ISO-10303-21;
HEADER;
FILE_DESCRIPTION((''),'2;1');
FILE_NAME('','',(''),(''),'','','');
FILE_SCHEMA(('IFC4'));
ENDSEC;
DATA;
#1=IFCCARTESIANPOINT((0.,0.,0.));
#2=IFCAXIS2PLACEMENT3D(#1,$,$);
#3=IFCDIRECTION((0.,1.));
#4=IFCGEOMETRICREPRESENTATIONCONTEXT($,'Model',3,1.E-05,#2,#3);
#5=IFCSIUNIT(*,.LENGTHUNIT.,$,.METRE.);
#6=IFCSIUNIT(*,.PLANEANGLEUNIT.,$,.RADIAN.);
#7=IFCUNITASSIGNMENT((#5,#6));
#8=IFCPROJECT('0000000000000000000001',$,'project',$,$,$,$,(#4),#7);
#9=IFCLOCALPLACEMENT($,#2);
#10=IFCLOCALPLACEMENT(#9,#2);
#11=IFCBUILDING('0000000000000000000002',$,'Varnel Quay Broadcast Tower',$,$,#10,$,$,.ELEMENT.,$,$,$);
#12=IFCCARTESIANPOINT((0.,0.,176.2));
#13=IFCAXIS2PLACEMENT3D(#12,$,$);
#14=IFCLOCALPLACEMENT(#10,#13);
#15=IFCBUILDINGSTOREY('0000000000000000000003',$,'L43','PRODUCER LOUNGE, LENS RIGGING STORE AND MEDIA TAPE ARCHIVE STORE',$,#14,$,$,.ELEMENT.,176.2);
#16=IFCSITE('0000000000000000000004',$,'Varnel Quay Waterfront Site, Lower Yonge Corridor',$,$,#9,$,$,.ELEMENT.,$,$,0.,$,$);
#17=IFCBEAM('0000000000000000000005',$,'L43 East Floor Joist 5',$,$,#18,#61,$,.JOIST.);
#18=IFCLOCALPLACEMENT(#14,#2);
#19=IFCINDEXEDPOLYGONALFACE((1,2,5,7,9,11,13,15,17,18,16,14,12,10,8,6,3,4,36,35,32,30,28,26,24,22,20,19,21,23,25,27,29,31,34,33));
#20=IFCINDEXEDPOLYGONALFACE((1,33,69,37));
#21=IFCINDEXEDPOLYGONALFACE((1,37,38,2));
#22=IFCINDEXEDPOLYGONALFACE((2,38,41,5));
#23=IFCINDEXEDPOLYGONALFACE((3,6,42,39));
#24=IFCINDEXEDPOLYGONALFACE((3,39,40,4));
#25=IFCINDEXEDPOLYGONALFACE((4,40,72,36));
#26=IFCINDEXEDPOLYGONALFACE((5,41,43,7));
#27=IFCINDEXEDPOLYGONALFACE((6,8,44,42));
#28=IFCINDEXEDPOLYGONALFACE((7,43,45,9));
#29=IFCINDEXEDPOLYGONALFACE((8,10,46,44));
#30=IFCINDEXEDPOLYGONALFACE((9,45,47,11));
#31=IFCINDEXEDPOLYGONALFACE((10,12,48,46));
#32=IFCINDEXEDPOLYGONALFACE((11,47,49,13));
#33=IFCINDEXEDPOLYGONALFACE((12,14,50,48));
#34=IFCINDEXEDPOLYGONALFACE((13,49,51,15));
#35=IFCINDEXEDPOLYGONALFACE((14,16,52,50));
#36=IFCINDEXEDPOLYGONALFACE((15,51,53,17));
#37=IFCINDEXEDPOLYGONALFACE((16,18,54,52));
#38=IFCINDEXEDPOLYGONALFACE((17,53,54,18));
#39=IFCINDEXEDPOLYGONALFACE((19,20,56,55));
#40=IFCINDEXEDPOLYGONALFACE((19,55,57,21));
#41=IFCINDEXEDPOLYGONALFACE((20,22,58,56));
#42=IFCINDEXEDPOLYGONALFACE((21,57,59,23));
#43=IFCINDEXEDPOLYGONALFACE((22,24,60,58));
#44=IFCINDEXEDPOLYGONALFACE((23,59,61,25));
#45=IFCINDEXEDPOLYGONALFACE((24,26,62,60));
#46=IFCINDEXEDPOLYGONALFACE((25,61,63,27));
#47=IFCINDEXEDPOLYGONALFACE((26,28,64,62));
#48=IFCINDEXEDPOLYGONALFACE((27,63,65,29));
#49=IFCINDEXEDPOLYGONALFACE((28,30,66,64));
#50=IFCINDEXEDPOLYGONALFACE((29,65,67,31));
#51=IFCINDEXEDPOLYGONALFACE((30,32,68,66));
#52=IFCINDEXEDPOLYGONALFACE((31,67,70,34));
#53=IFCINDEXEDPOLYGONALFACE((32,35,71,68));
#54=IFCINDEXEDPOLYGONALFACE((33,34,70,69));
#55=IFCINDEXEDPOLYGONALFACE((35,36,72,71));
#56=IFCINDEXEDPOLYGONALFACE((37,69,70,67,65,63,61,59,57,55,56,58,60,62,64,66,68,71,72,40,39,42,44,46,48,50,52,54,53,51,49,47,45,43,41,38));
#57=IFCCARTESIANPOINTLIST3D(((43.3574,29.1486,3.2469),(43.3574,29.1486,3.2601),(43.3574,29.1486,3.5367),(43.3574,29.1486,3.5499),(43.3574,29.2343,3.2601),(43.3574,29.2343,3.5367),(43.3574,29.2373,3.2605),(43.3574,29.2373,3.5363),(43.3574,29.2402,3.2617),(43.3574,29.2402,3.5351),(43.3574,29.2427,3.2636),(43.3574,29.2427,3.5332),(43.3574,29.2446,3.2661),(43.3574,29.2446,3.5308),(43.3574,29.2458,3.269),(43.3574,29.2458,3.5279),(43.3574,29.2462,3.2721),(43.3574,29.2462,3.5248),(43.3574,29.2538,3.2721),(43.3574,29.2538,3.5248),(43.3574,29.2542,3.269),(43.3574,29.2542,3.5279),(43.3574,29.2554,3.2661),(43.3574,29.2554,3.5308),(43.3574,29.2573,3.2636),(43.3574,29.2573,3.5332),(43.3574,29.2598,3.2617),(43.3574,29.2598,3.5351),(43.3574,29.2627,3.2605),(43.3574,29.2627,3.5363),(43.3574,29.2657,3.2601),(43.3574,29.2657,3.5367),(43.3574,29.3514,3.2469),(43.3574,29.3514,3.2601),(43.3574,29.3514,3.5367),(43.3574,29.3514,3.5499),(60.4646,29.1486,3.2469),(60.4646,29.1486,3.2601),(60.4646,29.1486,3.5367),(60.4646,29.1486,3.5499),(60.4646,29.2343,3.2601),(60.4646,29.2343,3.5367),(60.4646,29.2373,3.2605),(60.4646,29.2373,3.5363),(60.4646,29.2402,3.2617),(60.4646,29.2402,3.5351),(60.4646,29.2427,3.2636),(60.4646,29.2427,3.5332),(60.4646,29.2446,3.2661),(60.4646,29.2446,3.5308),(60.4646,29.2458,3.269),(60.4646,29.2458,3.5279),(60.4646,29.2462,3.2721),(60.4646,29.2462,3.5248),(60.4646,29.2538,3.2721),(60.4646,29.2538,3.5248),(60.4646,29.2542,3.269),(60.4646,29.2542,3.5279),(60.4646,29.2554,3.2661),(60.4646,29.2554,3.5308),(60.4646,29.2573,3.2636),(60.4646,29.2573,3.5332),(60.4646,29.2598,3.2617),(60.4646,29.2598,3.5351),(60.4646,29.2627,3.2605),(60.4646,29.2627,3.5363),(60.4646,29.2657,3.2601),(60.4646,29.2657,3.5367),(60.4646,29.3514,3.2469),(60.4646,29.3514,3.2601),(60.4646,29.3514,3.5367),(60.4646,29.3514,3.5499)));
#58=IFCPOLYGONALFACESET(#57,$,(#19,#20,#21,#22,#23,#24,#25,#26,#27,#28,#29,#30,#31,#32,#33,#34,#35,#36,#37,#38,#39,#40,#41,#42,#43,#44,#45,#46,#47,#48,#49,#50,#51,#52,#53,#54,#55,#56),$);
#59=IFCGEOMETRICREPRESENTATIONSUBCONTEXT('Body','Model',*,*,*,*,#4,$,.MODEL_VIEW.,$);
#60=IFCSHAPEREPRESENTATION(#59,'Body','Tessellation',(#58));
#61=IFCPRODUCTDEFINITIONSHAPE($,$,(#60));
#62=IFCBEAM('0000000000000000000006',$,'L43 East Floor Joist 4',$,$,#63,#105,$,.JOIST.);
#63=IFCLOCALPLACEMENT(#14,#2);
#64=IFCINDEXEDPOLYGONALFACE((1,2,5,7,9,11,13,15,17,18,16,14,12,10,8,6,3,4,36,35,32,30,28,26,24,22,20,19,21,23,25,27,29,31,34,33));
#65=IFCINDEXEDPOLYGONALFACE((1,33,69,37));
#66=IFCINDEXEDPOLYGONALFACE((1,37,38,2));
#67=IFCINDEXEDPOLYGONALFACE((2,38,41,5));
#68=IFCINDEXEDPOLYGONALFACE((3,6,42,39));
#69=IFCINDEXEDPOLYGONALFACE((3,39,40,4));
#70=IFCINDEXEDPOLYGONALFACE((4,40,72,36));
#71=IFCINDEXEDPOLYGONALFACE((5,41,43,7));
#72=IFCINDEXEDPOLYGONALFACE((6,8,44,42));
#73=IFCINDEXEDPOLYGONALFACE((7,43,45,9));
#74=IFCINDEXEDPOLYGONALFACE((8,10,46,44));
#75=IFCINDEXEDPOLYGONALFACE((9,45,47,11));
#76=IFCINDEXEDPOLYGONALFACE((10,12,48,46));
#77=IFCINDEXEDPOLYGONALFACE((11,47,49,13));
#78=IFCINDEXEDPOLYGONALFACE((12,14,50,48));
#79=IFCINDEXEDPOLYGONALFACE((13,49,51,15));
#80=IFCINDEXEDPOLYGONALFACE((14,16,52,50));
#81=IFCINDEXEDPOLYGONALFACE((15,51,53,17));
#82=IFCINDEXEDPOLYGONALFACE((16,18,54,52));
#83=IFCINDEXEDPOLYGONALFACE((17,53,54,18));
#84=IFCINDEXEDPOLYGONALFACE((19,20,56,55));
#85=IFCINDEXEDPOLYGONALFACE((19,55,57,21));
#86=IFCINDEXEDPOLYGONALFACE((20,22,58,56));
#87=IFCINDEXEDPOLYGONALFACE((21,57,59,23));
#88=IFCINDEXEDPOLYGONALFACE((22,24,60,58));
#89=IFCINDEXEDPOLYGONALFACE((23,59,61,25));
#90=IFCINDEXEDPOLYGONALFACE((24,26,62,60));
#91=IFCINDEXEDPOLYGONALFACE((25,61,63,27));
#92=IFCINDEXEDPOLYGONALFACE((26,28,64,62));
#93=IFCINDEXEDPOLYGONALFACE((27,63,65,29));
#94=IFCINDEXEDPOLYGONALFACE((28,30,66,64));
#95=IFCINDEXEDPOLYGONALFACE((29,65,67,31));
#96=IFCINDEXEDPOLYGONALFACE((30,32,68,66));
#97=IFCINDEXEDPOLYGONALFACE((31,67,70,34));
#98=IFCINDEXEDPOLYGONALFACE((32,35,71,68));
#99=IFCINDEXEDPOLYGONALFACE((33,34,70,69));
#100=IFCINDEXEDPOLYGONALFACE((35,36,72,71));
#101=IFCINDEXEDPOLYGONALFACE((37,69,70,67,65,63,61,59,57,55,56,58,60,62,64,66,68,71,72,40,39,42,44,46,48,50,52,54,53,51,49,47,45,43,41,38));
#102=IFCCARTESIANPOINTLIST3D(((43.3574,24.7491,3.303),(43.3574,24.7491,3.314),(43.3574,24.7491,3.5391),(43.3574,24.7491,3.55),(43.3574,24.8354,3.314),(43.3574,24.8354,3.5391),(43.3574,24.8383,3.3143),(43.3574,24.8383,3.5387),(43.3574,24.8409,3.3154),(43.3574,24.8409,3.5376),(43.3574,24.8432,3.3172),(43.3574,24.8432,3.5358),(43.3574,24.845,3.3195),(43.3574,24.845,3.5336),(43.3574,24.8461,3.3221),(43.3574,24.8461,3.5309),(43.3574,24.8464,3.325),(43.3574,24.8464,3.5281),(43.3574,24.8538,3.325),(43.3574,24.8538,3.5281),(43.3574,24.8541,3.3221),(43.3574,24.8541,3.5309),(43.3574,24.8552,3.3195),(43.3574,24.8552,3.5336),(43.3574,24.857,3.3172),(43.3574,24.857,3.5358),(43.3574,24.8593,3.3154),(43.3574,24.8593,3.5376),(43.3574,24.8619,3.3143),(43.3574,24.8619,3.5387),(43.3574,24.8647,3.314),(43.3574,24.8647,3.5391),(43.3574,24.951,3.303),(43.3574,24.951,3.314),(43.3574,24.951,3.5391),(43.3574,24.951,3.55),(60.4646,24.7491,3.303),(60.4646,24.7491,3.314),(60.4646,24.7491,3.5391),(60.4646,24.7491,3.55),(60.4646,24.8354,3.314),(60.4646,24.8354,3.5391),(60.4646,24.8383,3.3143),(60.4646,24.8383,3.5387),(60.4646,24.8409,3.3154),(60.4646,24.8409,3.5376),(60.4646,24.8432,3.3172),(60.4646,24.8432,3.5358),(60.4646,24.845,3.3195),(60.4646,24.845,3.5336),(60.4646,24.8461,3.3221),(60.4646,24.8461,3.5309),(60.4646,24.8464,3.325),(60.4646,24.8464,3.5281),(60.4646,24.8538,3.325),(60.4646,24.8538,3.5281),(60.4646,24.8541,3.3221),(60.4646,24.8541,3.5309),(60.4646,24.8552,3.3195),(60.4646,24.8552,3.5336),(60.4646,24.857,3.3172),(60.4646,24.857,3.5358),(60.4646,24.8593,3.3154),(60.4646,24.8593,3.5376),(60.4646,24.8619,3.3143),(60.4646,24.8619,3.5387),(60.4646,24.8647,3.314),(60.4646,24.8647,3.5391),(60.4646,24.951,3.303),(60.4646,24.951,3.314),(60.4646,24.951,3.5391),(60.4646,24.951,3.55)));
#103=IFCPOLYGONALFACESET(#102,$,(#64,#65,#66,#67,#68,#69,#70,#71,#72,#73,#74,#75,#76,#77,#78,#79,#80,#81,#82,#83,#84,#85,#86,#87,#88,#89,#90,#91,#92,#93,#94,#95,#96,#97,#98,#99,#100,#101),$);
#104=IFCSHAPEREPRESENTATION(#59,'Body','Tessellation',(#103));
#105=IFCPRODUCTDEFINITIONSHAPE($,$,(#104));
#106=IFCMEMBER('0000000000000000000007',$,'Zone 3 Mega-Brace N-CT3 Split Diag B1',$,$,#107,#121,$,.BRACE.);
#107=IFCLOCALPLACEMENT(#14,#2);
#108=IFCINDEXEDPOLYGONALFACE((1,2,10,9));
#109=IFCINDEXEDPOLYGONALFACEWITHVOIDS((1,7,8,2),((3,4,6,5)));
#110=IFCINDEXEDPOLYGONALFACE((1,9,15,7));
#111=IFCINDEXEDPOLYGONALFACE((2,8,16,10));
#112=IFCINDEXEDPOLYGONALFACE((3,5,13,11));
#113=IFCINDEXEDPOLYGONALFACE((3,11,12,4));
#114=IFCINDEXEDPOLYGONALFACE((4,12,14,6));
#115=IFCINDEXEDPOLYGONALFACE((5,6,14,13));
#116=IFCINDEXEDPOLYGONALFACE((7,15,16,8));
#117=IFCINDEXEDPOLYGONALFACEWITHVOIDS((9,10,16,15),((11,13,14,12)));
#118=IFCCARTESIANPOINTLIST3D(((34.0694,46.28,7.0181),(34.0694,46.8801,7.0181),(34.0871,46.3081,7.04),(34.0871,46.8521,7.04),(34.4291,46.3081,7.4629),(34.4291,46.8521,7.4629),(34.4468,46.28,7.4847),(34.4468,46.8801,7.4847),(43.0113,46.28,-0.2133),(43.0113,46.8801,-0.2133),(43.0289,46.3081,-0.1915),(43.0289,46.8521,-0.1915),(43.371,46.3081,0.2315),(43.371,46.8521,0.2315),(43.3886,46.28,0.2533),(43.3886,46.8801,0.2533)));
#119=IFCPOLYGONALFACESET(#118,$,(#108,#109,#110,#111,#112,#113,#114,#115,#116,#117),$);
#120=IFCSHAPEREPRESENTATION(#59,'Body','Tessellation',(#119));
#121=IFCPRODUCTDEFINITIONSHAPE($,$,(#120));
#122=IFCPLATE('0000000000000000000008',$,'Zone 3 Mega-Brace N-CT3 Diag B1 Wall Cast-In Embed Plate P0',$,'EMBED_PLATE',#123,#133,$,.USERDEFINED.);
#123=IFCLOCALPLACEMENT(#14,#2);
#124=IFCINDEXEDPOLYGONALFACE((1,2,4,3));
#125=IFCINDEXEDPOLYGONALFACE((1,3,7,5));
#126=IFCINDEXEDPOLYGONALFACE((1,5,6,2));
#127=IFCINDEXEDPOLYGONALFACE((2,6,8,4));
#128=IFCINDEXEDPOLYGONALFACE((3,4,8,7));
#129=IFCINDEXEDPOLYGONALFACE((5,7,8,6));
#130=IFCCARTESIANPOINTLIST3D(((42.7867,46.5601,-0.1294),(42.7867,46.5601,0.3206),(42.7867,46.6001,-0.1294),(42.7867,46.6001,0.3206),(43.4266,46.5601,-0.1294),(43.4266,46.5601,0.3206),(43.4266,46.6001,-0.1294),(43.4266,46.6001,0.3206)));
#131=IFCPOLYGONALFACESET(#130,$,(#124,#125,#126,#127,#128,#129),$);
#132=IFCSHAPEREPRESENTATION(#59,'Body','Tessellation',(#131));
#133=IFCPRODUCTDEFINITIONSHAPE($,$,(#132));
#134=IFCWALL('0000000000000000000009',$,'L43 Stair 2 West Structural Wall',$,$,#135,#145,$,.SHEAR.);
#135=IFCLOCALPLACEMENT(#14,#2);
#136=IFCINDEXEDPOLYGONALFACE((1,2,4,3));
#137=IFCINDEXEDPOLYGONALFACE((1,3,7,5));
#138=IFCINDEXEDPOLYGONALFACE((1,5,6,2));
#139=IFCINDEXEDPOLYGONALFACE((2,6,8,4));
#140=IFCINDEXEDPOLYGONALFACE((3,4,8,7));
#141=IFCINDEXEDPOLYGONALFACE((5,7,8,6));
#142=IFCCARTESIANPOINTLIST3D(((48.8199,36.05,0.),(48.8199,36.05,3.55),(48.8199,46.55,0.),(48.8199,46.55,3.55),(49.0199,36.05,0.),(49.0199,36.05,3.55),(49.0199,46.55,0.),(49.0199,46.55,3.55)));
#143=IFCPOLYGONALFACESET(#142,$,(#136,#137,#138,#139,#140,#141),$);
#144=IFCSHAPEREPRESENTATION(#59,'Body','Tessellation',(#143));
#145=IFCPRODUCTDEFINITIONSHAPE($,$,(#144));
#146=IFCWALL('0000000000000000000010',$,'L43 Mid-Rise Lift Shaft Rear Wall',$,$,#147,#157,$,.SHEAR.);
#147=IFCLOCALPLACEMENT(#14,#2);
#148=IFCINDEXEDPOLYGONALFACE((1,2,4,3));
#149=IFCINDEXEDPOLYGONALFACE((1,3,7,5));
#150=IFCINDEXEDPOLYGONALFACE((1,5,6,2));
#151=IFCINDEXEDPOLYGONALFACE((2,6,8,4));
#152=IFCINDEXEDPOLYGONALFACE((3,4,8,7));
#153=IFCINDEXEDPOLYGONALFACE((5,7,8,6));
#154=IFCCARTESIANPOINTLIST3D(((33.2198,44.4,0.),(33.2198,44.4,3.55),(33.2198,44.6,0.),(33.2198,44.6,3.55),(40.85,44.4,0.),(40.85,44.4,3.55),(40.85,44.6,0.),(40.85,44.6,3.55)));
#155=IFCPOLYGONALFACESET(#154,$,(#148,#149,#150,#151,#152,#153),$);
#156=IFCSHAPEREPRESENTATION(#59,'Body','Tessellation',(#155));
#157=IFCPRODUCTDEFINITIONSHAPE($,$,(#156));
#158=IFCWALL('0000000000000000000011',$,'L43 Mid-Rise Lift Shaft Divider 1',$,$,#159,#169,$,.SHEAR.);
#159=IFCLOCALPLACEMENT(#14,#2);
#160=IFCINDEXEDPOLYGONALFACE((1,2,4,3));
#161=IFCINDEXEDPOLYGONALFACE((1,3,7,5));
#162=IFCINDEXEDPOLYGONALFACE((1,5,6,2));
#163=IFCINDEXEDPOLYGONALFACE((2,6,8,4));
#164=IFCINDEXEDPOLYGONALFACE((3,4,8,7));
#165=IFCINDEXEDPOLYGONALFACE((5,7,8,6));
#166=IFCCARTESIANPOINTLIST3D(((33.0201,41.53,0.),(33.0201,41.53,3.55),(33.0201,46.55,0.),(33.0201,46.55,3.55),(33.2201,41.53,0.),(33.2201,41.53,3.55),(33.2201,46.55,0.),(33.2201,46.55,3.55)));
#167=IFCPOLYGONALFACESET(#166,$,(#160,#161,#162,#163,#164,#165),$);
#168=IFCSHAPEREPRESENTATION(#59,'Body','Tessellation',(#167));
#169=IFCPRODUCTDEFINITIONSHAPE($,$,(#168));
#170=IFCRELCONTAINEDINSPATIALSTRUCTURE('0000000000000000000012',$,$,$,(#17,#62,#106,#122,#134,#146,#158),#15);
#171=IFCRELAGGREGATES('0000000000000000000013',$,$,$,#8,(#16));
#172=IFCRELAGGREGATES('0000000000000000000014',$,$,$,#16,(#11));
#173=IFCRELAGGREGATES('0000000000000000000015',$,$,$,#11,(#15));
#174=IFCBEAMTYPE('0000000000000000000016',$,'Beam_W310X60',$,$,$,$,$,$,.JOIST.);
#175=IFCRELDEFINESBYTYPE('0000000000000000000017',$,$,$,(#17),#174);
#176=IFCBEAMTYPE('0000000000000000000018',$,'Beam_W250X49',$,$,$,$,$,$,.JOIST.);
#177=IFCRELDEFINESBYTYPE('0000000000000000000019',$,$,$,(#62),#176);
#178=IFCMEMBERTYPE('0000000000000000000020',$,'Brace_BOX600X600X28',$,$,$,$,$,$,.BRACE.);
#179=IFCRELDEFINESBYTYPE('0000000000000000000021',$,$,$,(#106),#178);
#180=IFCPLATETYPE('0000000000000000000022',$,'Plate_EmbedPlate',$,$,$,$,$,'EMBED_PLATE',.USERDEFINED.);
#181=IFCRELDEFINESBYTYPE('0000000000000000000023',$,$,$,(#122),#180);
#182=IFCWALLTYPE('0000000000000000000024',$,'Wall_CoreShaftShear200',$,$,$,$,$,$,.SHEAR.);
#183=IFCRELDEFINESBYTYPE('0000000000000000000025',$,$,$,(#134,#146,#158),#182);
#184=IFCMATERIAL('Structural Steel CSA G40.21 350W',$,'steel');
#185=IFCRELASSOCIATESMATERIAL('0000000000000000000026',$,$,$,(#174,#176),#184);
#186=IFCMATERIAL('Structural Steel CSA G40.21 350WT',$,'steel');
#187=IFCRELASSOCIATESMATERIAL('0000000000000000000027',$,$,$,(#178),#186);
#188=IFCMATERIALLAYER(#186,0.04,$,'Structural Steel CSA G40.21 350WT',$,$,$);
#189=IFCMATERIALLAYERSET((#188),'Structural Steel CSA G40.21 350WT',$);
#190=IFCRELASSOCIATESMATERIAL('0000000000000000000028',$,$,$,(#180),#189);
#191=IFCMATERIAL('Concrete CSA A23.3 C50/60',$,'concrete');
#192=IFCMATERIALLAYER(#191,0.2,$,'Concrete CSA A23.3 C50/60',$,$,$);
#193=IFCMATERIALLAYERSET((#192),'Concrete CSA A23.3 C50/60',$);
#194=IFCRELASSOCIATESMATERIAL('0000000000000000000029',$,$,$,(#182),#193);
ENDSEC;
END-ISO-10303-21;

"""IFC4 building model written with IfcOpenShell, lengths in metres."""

from ifc_helpers import new_model, si_unit, direction, frame, frame_2d, origin, origin_2d, place, context, subcontext, project, spatial, rectangle, hollow_rectangle, i_section, extrude, source, transform, mapped, material, layer, layer_set, material_profile, profile_set, type_object, type_shapes, element, save


model = new_model("IFC4")

# Units and contexts
model_context = context("Model", 3, precision=1e-05, world=origin(), true_north=direction((0.0, 1.0)))
body_context = subcontext(model_context, "Body", "Model", "MODEL_VIEW")
ifc_project = project(units=[si_unit("LENGTHUNIT", "METRE"), si_unit("PLANEANGLEUNIT", "RADIAN")], contexts=[model_context])

# Site, building, storey
site_placement = place(None, origin())
site = spatial("IfcSite", under=ifc_project, at=site_placement, Name="Varnel Quay Waterfront Site, Lower Yonge Corridor", CompositionType="ELEMENT", RefElevation=0.0)
building_placement = place(site_placement, origin())
building = spatial("IfcBuilding", under=site, at=building_placement, Name="Varnel Quay Broadcast Tower", CompositionType="ELEMENT")
storey_placement = place(building_placement, frame((0.0, 0.0, 176.2)))
storey = spatial("IfcBuildingStorey", under=building, at=storey_placement, Name="L43", Description="PRODUCER LOUNGE, LENS RIGGING STORE AND MEDIA TAPE ARCHIVE STORE", CompositionType="ELEMENT", Elevation=176.2)

# Shared definitions
ifc_material_1 = material(Name="Structural Steel CSA G40.21 350WT", Category="steel")

# Beams
ifc_material_2 = material(Name="Concrete CSA A23.3 C50/60", Category="concrete")
ifc_material_3 = material(Name="Structural Steel CSA G40.21 350W", Category="steel")
ifc_material_profile_1 = material_profile(ifc_material_3, i_section(OverallWidth=0.2029, OverallDepth=0.303, WebThickness=0.0076, FlangeThickness=0.0132, FilletRadius=0.012, at=origin_2d()), Name="W310X60")
ifc_profile_set_1 = profile_set([ifc_material_profile_1], Name="Structural Steel CSA G40.21 350W")
beam_type_1 = type_object("IfcBeamType", Name="Beam_W310X60", PredefinedType="JOIST", material=ifc_profile_set_1)
shared_shape_1 = source(origin(), body_context, "Body", "SweptSolid", [
    extrude(i_section(OverallWidth=0.2029, OverallDepth=0.303, WebThickness=0.0076, FlangeThickness=0.0132, FilletRadius=0.012, at=origin_2d()), origin(), (0.0, 0.0, 1.0), 17.1072),
])
type_shapes(beam_type_1, [shared_shape_1])
beam_1_placement = place(storey_placement, frame((43.3574, 29.25, 3.3984), z_axis=(1.0, 0.0, 0.0), x_axis=(0.0, 1.0, 0.0)))
element("IfcBeam", 1, at=beam_1_placement, inside=storey, type_object=beam_type_1, Name="L43 East Floor Joist 5", PredefinedType="JOIST", context=body_context, shape_type="MappedRepresentation", body=[
    mapped(shared_shape_1, transform((0.0, 0.0, 0.0), x_axis=(1.0, 0.0, 0.0), y_axis=(0.0, 1.0, 0.0), z_axis=(0.0, 0.0, 1.0), scale=1.0)),
])
ifc_material_profile_2 = material_profile(ifc_material_3, i_section(OverallWidth=0.2019, OverallDepth=0.2471, WebThickness=0.0073, FlangeThickness=0.011, FilletRadius=0.011, at=origin_2d()), Name="W250X49")
ifc_profile_set_2 = profile_set([ifc_material_profile_2], Name="Structural Steel CSA G40.21 350W")
beam_type_2 = type_object("IfcBeamType", Name="Beam_W250X49", PredefinedType="JOIST", material=ifc_profile_set_2)
shared_shape_2 = source(origin(), body_context, "Body", "SweptSolid", [
    extrude(i_section(OverallWidth=0.2019, OverallDepth=0.2471, WebThickness=0.0073, FlangeThickness=0.011, FilletRadius=0.011, at=origin_2d()), origin(), (0.0, 0.0, 1.0), 17.1072),
])
type_shapes(beam_type_2, [shared_shape_2])
beam_2_placement = place(storey_placement, frame((43.3574, 24.8501, 3.4265), z_axis=(1.0, 0.0, 0.0), x_axis=(0.0, 1.0, 0.0)))
element("IfcBeam", 2, at=beam_2_placement, inside=storey, type_object=beam_type_2, Name="L43 East Floor Joist 4", PredefinedType="JOIST", context=body_context, shape_type="MappedRepresentation", body=[
    mapped(shared_shape_2, transform((0.0, 0.0, 0.0), x_axis=(1.0, 0.0, 0.0), y_axis=(0.0, 1.0, 0.0), z_axis=(0.0, 0.0, 1.0), scale=1.0)),
])

# Member
ifc_material_profile_3 = material_profile(ifc_material_1, hollow_rectangle(XDim=0.6001, YDim=0.6001, WallThickness=0.0281, at=origin_2d()), Name="BOX600X600X28")
ifc_profile_set_3 = profile_set([ifc_material_profile_3], Name="Structural Steel CSA G40.21 350WT")
member_type = type_object("IfcMemberType", Name="Brace_BOX600X600X28", PredefinedType="BRACE", material=ifc_profile_set_3)
shared_shape_3 = source(origin(), body_context, "Body", "SweptSolid", [
    extrude(hollow_rectangle(XDim=0.6001, YDim=0.6001, WallThickness=0.0281, at=origin_2d()), origin(), (0.0, 0.0, 1.0), 11.5),
])
type_shapes(member_type, [shared_shape_3])
member_placement = place(storey_placement, frame((43.2, 46.5801, 0.02), z_axis=(-0.777552, 0.0, 0.628818), x_axis=(0.0, -1.0, 0.0)))
element("IfcMember", 3, at=member_placement, inside=storey, type_object=member_type, Name="Zone 3 Mega-Brace N-CT3 Split Diag B1", PredefinedType="BRACE", context=body_context, shape_type="MappedRepresentation", body=[
    mapped(shared_shape_3, transform((0.0, 0.0, 0.0), x_axis=(1.0, 0.0, 0.0), y_axis=(0.0, 1.0, 0.0), z_axis=(0.0, 0.0, 1.0), scale=1.0)),
])

# Plate
ifc_layer_1 = layer(ifc_material_1, 0.04, Name="Structural Steel CSA G40.21 350WT")
ifc_layer_set_1 = layer_set([ifc_layer_1], Name="Structural Steel CSA G40.21 350WT")
plate_type = type_object("IfcPlateType", Name="Plate_EmbedPlate", ElementType="EMBED_PLATE", PredefinedType="USERDEFINED", material=ifc_layer_set_1)
shared_shape_4 = source(origin(), body_context, "Body", "SweptSolid", [
    extrude(rectangle(XDim=0.6399, YDim=0.04, at=origin_2d()), origin(), (0.0, 0.0, 1.0), 0.45),
])
type_shapes(plate_type, [shared_shape_4])
plate_placement = place(storey_placement, frame((43.1067, 46.5801, -0.1294), z_axis=(0.0, 0.0, 1.0), x_axis=(1.0, 0.0, 0.0)))
element("IfcPlate", 4, at=plate_placement, inside=storey, type_object=plate_type, Name="Zone 3 Mega-Brace N-CT3 Diag B1 Wall Cast-In Embed Plate P0", ObjectType="EMBED_PLATE", PredefinedType="USERDEFINED", context=body_context, shape_type="MappedRepresentation", body=[
    mapped(shared_shape_4, transform((0.0, 0.0, 0.0), x_axis=(1.0, 0.0, 0.0), y_axis=(0.0, 1.0, 0.0), z_axis=(0.0, 0.0, 1.0), scale=1.0)),
])

# Walls
ifc_layer_2 = layer(ifc_material_2, 0.2, Name="Concrete CSA A23.3 C50/60")
ifc_layer_set_2 = layer_set([ifc_layer_2], Name="Concrete CSA A23.3 C50/60")
wall_type_1 = type_object("IfcWallType", Name="Wall_CoreShaftShear200", PredefinedType="SHEAR", material=ifc_layer_set_2)
wall_1_placement = place(storey_placement, frame((48.9199, 36.05, 0.0), z_axis=(0.0, 0.0, 1.0), x_axis=(0.0, 1.0, 0.0)))
element("IfcWall", 5, at=wall_1_placement, inside=storey, type_object=wall_type_1, Name="L43 Stair 2 West Structural Wall", PredefinedType="SHEAR", context=body_context, shape_type="SweptSolid", body=[
    extrude(rectangle(XDim=10.5, YDim=0.2, at=frame_2d((5.25, 0.0))), origin(), (0.0, 0.0, 1.0), 3.55),
])
wall_2_placement = place(storey_placement, frame((33.22, 44.5, 0.0), z_axis=(0.0, 0.0, 1.0), x_axis=(1.0, 0.0, 0.0)))
element("IfcWall", 6, at=wall_2_placement, inside=storey, type_object=wall_type_1, Name="L43 Mid-Rise Lift Shaft Rear Wall", PredefinedType="SHEAR", context=body_context, shape_type="SweptSolid", body=[
    extrude(rectangle(XDim=7.6301, YDim=0.2, at=frame_2d((3.8149, 0.0))), origin(), (0.0, 0.0, 1.0), 3.55),
])
wall_3_placement = place(storey_placement, frame((33.1201, 41.53, 0.0), z_axis=(0.0, 0.0, 1.0), x_axis=(0.0, 1.0, 0.0)))
element("IfcWall", 7, at=wall_3_placement, inside=storey, type_object=wall_type_1, Name="L43 Mid-Rise Lift Shaft Divider 1", PredefinedType="SHEAR", context=body_context, shape_type="SweptSolid", body=[
    extrude(rectangle(XDim=5.02, YDim=0.2, at=frame_2d((2.51, 0.0))), origin(), (0.0, 0.0, 1.0), 3.55),
])

save(model, "model.ifc")
